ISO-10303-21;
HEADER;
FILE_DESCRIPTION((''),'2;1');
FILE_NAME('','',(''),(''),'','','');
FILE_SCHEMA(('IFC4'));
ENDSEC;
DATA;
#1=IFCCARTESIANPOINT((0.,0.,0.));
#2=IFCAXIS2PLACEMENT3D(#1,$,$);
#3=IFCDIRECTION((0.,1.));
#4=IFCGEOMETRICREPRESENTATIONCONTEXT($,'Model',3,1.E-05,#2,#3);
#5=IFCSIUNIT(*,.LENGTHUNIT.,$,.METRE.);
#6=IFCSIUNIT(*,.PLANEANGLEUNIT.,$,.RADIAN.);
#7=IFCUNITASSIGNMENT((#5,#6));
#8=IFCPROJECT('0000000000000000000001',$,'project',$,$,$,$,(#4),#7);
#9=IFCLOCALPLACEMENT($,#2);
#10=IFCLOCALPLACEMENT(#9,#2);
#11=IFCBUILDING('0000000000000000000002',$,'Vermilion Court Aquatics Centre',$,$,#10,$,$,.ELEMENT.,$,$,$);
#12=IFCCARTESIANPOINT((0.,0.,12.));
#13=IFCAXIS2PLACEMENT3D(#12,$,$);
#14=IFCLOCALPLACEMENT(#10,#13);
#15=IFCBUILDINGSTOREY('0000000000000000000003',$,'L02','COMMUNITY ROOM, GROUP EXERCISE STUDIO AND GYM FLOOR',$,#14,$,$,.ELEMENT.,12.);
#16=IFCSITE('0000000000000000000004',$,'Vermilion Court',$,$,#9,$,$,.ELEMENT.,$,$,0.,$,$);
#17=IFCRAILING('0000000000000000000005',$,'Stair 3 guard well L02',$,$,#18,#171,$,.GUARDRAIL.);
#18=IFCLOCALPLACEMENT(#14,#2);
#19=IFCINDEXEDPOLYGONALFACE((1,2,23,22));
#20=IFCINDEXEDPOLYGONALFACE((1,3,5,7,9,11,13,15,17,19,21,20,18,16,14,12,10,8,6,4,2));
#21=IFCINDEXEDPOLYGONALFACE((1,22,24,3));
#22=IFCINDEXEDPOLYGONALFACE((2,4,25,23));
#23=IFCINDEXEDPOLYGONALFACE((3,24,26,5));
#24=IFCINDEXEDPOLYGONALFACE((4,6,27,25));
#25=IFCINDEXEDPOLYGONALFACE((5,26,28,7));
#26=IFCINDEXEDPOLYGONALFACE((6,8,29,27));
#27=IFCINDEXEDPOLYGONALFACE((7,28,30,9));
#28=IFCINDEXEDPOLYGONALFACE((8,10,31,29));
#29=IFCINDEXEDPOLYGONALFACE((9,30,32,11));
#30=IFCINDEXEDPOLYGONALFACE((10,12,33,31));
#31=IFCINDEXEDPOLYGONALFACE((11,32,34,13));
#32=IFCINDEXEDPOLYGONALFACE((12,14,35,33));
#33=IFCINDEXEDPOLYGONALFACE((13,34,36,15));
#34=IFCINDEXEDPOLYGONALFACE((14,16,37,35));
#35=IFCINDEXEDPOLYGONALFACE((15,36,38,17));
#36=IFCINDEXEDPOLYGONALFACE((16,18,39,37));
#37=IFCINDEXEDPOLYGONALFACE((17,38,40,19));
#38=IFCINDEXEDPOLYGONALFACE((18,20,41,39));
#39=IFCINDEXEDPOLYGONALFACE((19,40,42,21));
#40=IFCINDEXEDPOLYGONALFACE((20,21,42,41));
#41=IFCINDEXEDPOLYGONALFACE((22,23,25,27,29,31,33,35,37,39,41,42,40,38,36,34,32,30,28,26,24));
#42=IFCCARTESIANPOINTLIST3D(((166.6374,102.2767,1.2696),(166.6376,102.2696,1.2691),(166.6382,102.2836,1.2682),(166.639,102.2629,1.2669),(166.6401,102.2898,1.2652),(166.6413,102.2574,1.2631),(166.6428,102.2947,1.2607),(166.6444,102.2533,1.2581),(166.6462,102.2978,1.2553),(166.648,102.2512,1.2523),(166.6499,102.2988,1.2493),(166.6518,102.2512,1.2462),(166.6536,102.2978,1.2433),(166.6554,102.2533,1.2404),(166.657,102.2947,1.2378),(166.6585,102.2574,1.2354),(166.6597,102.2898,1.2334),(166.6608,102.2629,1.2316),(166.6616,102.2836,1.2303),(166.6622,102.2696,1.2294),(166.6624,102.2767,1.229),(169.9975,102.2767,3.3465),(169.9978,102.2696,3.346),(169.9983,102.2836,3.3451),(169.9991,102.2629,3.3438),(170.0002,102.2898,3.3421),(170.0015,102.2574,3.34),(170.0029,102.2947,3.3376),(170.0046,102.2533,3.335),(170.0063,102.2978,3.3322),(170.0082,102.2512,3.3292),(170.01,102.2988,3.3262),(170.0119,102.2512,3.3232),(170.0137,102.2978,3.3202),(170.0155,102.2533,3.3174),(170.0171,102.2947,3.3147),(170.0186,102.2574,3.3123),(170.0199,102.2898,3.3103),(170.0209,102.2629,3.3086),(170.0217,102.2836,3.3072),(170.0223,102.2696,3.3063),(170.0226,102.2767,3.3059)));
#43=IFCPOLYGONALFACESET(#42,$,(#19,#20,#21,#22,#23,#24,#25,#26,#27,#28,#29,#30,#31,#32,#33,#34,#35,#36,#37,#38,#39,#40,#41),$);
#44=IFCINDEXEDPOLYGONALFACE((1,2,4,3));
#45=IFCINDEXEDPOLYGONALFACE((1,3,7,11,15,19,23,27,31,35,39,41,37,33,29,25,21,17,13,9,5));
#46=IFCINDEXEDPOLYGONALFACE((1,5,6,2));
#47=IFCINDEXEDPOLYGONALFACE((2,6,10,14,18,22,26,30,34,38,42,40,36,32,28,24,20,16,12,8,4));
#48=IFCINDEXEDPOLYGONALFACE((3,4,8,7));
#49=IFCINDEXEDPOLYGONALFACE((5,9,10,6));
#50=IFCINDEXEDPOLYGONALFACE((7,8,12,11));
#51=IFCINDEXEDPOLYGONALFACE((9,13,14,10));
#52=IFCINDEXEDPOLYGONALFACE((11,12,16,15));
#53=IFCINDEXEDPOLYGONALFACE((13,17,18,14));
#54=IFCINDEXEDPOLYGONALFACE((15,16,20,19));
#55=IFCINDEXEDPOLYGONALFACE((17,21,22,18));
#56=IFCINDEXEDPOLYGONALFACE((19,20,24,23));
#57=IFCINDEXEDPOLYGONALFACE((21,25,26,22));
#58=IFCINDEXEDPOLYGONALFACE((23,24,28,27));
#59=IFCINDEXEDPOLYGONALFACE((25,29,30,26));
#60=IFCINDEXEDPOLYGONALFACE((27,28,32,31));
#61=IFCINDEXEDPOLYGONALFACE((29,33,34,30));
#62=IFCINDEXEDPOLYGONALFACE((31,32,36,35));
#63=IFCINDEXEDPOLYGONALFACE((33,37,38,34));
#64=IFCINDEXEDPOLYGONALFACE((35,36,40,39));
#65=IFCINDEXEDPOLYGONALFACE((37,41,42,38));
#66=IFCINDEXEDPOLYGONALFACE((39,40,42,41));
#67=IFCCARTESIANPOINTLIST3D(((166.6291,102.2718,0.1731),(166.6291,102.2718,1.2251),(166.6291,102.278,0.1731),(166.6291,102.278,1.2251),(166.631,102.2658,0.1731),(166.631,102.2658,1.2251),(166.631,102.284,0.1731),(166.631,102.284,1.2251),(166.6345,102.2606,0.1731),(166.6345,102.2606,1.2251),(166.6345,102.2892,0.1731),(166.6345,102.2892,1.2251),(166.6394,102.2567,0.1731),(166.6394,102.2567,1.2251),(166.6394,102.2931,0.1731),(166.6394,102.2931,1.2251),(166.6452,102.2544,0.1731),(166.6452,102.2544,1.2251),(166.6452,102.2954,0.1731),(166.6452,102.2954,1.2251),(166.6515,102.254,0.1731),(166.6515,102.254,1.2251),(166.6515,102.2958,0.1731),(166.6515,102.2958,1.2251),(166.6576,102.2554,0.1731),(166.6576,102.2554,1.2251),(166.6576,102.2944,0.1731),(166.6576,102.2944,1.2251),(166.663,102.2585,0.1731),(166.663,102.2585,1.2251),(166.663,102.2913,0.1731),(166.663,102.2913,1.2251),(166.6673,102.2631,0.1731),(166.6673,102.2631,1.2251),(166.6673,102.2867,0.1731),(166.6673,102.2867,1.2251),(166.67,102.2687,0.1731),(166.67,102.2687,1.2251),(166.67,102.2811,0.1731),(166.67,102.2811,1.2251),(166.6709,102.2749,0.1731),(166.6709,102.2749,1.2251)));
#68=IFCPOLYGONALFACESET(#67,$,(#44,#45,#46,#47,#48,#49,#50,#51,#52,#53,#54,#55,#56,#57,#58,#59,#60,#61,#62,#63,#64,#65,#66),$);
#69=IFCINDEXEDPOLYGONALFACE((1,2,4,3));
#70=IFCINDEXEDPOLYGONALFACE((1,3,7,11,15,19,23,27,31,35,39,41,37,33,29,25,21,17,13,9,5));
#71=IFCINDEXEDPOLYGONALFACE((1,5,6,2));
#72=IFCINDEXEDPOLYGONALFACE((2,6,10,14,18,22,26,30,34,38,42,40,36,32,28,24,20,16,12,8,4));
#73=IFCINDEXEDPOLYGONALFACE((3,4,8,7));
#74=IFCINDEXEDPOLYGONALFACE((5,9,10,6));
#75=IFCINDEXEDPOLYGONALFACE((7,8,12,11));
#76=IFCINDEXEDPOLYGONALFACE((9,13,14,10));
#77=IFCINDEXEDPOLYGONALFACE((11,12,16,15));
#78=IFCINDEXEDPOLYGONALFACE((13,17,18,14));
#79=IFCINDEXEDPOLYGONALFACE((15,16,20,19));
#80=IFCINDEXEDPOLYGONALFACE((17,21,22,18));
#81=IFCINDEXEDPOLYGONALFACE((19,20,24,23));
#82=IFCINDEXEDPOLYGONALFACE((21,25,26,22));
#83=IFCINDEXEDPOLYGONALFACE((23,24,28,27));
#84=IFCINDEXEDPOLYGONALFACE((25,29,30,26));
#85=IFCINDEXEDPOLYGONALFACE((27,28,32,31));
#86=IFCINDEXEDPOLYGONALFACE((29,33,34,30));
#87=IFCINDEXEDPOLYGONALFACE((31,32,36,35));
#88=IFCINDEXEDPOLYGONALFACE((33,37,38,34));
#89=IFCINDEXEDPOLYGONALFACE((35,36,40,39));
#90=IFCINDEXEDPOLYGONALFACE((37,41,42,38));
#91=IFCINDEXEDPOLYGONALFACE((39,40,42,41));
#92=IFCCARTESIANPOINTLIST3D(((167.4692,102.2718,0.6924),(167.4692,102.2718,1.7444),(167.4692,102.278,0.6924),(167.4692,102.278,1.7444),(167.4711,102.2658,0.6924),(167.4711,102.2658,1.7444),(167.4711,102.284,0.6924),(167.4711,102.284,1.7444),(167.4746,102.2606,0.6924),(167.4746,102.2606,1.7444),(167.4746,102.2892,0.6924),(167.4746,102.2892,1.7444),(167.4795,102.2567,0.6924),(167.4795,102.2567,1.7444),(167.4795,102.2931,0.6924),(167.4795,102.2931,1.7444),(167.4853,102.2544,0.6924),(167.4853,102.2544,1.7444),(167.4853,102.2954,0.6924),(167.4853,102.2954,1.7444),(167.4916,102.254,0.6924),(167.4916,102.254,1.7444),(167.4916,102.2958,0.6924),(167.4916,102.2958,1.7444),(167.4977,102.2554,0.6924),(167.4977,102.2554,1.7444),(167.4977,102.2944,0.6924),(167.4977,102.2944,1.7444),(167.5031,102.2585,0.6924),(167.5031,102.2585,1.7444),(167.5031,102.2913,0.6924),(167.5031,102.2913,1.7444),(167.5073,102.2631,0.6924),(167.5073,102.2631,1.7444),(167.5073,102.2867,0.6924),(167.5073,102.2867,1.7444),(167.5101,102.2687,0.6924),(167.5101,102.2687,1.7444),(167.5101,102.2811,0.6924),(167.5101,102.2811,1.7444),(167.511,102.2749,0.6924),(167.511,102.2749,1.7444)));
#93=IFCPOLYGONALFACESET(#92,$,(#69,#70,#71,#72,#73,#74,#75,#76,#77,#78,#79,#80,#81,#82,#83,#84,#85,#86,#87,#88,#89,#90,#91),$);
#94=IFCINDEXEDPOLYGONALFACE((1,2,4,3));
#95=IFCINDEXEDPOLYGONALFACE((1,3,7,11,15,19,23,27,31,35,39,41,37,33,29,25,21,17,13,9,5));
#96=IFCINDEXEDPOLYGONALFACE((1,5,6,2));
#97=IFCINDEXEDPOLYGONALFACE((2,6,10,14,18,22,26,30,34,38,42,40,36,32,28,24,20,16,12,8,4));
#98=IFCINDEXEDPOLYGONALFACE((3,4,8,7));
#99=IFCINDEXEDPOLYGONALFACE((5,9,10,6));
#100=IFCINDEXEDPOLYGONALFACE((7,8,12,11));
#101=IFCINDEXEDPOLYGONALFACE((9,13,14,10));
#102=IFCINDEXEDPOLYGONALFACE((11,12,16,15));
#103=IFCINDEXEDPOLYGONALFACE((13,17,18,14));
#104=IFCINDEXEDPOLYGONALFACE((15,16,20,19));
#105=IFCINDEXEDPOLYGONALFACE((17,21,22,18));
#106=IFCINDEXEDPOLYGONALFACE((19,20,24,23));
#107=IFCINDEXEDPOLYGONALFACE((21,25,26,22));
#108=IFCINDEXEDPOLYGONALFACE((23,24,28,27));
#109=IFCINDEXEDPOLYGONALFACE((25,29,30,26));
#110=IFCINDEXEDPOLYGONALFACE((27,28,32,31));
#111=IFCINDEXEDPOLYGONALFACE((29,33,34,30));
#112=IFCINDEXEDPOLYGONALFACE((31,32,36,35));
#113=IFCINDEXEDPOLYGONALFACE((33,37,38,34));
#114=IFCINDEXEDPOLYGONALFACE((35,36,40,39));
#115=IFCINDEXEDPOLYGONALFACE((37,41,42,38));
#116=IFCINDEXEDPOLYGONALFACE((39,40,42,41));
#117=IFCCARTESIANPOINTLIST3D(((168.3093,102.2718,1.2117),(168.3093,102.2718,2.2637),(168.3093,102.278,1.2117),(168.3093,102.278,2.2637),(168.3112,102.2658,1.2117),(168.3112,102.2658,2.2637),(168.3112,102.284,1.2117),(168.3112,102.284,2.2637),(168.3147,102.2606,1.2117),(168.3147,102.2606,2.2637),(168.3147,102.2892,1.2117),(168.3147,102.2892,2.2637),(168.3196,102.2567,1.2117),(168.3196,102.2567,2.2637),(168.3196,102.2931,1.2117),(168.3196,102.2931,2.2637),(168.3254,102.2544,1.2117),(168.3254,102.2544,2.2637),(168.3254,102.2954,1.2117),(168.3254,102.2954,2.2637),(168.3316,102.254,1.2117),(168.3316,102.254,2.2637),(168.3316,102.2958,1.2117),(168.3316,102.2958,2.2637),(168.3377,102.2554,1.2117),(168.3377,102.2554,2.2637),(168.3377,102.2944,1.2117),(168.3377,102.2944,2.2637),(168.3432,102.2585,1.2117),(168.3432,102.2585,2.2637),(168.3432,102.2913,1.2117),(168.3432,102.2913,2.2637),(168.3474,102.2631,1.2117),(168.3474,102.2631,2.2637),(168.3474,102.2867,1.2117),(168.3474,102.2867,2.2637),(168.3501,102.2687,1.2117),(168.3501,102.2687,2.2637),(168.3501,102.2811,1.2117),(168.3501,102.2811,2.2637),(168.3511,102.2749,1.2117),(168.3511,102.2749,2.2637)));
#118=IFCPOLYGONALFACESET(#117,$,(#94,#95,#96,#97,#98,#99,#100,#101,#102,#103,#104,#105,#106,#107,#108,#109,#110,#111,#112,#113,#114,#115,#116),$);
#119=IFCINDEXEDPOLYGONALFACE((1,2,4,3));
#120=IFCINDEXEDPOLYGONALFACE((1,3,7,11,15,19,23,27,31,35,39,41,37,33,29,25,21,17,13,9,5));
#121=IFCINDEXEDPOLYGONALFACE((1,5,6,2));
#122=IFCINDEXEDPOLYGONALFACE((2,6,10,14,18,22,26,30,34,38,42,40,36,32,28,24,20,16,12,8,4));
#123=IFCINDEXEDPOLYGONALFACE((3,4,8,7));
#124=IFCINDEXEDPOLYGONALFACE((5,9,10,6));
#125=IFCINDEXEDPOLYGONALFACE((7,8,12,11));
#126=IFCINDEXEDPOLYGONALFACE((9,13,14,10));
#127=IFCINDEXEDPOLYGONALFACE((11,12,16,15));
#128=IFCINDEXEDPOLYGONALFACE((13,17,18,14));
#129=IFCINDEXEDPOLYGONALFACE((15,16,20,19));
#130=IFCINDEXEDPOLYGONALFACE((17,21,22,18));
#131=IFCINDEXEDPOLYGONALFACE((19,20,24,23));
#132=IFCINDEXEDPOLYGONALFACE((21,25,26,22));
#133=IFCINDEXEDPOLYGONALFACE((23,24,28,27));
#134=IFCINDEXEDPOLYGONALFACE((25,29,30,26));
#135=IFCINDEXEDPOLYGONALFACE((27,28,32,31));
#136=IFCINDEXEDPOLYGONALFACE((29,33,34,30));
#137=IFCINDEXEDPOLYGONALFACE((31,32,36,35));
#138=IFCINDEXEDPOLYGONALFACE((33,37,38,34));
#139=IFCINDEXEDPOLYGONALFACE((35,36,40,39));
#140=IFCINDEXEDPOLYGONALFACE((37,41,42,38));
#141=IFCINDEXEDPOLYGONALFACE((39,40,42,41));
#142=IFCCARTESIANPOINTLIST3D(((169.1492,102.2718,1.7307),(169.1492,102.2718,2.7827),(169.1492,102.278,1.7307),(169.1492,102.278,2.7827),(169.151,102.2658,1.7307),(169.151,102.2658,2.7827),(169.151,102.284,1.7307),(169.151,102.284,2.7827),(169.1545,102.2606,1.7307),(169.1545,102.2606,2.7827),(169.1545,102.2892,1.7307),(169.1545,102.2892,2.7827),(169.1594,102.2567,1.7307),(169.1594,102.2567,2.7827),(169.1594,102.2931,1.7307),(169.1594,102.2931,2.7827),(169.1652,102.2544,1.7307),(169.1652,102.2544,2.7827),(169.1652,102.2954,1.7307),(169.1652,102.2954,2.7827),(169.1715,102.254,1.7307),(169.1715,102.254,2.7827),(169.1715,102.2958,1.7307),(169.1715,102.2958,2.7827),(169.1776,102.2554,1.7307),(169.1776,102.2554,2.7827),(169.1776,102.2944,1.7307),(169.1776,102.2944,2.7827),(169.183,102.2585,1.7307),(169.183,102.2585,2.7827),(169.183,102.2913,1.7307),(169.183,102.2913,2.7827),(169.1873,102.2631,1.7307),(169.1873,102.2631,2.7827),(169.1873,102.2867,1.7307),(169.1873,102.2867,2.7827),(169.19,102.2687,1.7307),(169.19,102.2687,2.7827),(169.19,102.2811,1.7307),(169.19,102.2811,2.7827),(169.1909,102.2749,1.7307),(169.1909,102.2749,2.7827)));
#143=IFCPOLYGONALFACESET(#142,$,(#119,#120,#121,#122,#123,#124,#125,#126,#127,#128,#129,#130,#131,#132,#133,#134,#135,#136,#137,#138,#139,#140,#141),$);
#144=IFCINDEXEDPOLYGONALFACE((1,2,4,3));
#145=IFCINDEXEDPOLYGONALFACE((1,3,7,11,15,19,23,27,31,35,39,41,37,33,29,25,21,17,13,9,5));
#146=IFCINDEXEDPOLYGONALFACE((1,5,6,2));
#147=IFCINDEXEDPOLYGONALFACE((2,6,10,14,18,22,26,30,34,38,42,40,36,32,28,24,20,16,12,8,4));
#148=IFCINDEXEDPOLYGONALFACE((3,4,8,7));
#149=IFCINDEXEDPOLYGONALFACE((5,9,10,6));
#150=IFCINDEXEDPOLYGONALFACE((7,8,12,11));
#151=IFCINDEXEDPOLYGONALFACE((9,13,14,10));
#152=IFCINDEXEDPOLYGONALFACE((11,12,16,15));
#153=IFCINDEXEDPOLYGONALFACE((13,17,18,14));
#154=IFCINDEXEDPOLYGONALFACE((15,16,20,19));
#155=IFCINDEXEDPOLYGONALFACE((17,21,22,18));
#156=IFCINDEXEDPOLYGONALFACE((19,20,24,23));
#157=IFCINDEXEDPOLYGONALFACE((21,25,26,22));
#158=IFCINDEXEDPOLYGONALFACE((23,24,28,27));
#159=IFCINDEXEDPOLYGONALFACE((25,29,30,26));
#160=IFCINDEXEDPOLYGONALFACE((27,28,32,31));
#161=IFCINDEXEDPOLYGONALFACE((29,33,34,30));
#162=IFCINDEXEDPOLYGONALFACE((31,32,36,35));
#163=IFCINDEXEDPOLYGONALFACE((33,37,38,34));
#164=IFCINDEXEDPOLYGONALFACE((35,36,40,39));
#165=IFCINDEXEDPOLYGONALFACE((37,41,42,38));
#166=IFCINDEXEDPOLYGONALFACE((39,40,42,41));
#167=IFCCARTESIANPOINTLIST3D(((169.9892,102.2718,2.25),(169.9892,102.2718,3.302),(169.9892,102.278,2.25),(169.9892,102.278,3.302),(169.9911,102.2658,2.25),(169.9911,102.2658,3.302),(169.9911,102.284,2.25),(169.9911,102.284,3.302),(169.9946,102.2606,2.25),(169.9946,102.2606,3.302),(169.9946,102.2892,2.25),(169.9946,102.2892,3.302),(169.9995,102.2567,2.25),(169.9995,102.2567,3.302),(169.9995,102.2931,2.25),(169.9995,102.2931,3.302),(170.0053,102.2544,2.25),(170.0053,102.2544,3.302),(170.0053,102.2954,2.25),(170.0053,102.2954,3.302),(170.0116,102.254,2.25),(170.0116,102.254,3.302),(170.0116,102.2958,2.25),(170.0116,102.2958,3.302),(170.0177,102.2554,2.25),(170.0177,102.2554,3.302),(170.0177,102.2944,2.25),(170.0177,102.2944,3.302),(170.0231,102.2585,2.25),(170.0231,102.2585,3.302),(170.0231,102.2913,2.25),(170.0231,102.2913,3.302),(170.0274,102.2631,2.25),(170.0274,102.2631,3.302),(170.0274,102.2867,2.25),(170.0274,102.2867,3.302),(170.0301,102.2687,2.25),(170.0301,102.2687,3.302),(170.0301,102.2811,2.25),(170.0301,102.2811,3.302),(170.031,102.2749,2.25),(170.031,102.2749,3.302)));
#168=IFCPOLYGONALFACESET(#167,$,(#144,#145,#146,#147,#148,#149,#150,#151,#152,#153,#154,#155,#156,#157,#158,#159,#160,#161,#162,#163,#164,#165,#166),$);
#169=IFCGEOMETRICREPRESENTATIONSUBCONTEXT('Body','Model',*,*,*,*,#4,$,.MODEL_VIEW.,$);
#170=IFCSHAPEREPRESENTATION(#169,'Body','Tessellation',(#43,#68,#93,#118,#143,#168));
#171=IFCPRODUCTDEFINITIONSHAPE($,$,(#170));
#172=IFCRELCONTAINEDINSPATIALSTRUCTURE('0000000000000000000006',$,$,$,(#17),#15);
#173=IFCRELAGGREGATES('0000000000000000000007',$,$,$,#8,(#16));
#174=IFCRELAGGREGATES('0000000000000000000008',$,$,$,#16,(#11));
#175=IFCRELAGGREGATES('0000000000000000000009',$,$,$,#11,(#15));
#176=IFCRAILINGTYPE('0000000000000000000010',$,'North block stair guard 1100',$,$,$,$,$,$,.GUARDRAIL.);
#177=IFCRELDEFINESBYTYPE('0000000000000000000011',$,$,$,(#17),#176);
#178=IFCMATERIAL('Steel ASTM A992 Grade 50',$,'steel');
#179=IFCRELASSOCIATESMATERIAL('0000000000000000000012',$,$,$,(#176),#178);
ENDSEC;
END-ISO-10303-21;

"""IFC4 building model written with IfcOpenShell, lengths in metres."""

from ifc_helpers import new_model, si_unit, direction, frame, origin, origin_2d, place, context, subcontext, project, spatial, circle, extrude, material, type_object, element, save


model = new_model("IFC4")

# Units and contexts
model_context = context("Model", 3, precision=1e-05, world=origin(), true_north=direction((0.0, 1.0)))
body_context = subcontext(model_context, "Body", "Model", "MODEL_VIEW")
ifc_project = project(units=[si_unit("LENGTHUNIT", "METRE"), si_unit("PLANEANGLEUNIT", "RADIAN")], contexts=[model_context])

# Site, building, storey
site_placement = place(None, origin())
site = spatial("IfcSite", under=ifc_project, at=site_placement, Name="Vermilion Court", CompositionType="ELEMENT", RefElevation=0.0)
building_placement = place(site_placement, origin())
building = spatial("IfcBuilding", under=site, at=building_placement, Name="Vermilion Court Aquatics Centre", CompositionType="ELEMENT")
storey_placement = place(building_placement, frame((0.0, 0.0, 12.0)))
storey = spatial("IfcBuildingStorey", under=building, at=storey_placement, Name="L02", Description="COMMUNITY ROOM, GROUP EXERCISE STUDIO AND GYM FLOOR", CompositionType="ELEMENT", Elevation=12.0)

# Railing
ifc_material_1 = material(Name="Steel ASTM A992 Grade 50", Category="steel")
railing_type_1 = type_object("IfcRailingType", Name="North block stair guard 1100", PredefinedType="GUARDRAIL", material=ifc_material_1)
railing_1_placement = place(storey_placement, frame((166.6499, 102.2749, 0.1731)))
element("IfcRailing", 1, at=railing_1_placement, inside=storey, type_object=railing_type_1, Name="Stair 3 guard well L02", PredefinedType="GUARDRAIL", context=body_context, shape_type="SweptSolid", body=[
    extrude(circle(Radius=0.0239, at=origin_2d()), frame((0.0, 0.0, 1.0762), z_axis=(0.850623, 0.0, 0.525776), x_axis=(0.0, 1.0, 0.0)), (0.0, 0.0, 1.0), 3.9502),
    extrude(circle(Radius=0.021, at=origin_2d()), origin(), (0.0, 0.0, 1.0), 1.052),
    extrude(circle(Radius=0.021, at=origin_2d()), frame((0.8401, 0.0, 0.5193)), (0.0, 0.0, 1.0), 1.052),
    extrude(circle(Radius=0.021, at=origin_2d()), frame((1.6802, 0.0, 1.0386)), (0.0, 0.0, 1.0), 1.052),
    extrude(circle(Radius=0.021, at=origin_2d()), frame((2.52, 0.0, 1.5576)), (0.0, 0.0, 1.0), 1.052),
    extrude(circle(Radius=0.021, at=origin_2d()), frame((3.3601, 0.0, 2.0769)), (0.0, 0.0, 1.0), 1.052),
])

save(model, "model.ifc")
